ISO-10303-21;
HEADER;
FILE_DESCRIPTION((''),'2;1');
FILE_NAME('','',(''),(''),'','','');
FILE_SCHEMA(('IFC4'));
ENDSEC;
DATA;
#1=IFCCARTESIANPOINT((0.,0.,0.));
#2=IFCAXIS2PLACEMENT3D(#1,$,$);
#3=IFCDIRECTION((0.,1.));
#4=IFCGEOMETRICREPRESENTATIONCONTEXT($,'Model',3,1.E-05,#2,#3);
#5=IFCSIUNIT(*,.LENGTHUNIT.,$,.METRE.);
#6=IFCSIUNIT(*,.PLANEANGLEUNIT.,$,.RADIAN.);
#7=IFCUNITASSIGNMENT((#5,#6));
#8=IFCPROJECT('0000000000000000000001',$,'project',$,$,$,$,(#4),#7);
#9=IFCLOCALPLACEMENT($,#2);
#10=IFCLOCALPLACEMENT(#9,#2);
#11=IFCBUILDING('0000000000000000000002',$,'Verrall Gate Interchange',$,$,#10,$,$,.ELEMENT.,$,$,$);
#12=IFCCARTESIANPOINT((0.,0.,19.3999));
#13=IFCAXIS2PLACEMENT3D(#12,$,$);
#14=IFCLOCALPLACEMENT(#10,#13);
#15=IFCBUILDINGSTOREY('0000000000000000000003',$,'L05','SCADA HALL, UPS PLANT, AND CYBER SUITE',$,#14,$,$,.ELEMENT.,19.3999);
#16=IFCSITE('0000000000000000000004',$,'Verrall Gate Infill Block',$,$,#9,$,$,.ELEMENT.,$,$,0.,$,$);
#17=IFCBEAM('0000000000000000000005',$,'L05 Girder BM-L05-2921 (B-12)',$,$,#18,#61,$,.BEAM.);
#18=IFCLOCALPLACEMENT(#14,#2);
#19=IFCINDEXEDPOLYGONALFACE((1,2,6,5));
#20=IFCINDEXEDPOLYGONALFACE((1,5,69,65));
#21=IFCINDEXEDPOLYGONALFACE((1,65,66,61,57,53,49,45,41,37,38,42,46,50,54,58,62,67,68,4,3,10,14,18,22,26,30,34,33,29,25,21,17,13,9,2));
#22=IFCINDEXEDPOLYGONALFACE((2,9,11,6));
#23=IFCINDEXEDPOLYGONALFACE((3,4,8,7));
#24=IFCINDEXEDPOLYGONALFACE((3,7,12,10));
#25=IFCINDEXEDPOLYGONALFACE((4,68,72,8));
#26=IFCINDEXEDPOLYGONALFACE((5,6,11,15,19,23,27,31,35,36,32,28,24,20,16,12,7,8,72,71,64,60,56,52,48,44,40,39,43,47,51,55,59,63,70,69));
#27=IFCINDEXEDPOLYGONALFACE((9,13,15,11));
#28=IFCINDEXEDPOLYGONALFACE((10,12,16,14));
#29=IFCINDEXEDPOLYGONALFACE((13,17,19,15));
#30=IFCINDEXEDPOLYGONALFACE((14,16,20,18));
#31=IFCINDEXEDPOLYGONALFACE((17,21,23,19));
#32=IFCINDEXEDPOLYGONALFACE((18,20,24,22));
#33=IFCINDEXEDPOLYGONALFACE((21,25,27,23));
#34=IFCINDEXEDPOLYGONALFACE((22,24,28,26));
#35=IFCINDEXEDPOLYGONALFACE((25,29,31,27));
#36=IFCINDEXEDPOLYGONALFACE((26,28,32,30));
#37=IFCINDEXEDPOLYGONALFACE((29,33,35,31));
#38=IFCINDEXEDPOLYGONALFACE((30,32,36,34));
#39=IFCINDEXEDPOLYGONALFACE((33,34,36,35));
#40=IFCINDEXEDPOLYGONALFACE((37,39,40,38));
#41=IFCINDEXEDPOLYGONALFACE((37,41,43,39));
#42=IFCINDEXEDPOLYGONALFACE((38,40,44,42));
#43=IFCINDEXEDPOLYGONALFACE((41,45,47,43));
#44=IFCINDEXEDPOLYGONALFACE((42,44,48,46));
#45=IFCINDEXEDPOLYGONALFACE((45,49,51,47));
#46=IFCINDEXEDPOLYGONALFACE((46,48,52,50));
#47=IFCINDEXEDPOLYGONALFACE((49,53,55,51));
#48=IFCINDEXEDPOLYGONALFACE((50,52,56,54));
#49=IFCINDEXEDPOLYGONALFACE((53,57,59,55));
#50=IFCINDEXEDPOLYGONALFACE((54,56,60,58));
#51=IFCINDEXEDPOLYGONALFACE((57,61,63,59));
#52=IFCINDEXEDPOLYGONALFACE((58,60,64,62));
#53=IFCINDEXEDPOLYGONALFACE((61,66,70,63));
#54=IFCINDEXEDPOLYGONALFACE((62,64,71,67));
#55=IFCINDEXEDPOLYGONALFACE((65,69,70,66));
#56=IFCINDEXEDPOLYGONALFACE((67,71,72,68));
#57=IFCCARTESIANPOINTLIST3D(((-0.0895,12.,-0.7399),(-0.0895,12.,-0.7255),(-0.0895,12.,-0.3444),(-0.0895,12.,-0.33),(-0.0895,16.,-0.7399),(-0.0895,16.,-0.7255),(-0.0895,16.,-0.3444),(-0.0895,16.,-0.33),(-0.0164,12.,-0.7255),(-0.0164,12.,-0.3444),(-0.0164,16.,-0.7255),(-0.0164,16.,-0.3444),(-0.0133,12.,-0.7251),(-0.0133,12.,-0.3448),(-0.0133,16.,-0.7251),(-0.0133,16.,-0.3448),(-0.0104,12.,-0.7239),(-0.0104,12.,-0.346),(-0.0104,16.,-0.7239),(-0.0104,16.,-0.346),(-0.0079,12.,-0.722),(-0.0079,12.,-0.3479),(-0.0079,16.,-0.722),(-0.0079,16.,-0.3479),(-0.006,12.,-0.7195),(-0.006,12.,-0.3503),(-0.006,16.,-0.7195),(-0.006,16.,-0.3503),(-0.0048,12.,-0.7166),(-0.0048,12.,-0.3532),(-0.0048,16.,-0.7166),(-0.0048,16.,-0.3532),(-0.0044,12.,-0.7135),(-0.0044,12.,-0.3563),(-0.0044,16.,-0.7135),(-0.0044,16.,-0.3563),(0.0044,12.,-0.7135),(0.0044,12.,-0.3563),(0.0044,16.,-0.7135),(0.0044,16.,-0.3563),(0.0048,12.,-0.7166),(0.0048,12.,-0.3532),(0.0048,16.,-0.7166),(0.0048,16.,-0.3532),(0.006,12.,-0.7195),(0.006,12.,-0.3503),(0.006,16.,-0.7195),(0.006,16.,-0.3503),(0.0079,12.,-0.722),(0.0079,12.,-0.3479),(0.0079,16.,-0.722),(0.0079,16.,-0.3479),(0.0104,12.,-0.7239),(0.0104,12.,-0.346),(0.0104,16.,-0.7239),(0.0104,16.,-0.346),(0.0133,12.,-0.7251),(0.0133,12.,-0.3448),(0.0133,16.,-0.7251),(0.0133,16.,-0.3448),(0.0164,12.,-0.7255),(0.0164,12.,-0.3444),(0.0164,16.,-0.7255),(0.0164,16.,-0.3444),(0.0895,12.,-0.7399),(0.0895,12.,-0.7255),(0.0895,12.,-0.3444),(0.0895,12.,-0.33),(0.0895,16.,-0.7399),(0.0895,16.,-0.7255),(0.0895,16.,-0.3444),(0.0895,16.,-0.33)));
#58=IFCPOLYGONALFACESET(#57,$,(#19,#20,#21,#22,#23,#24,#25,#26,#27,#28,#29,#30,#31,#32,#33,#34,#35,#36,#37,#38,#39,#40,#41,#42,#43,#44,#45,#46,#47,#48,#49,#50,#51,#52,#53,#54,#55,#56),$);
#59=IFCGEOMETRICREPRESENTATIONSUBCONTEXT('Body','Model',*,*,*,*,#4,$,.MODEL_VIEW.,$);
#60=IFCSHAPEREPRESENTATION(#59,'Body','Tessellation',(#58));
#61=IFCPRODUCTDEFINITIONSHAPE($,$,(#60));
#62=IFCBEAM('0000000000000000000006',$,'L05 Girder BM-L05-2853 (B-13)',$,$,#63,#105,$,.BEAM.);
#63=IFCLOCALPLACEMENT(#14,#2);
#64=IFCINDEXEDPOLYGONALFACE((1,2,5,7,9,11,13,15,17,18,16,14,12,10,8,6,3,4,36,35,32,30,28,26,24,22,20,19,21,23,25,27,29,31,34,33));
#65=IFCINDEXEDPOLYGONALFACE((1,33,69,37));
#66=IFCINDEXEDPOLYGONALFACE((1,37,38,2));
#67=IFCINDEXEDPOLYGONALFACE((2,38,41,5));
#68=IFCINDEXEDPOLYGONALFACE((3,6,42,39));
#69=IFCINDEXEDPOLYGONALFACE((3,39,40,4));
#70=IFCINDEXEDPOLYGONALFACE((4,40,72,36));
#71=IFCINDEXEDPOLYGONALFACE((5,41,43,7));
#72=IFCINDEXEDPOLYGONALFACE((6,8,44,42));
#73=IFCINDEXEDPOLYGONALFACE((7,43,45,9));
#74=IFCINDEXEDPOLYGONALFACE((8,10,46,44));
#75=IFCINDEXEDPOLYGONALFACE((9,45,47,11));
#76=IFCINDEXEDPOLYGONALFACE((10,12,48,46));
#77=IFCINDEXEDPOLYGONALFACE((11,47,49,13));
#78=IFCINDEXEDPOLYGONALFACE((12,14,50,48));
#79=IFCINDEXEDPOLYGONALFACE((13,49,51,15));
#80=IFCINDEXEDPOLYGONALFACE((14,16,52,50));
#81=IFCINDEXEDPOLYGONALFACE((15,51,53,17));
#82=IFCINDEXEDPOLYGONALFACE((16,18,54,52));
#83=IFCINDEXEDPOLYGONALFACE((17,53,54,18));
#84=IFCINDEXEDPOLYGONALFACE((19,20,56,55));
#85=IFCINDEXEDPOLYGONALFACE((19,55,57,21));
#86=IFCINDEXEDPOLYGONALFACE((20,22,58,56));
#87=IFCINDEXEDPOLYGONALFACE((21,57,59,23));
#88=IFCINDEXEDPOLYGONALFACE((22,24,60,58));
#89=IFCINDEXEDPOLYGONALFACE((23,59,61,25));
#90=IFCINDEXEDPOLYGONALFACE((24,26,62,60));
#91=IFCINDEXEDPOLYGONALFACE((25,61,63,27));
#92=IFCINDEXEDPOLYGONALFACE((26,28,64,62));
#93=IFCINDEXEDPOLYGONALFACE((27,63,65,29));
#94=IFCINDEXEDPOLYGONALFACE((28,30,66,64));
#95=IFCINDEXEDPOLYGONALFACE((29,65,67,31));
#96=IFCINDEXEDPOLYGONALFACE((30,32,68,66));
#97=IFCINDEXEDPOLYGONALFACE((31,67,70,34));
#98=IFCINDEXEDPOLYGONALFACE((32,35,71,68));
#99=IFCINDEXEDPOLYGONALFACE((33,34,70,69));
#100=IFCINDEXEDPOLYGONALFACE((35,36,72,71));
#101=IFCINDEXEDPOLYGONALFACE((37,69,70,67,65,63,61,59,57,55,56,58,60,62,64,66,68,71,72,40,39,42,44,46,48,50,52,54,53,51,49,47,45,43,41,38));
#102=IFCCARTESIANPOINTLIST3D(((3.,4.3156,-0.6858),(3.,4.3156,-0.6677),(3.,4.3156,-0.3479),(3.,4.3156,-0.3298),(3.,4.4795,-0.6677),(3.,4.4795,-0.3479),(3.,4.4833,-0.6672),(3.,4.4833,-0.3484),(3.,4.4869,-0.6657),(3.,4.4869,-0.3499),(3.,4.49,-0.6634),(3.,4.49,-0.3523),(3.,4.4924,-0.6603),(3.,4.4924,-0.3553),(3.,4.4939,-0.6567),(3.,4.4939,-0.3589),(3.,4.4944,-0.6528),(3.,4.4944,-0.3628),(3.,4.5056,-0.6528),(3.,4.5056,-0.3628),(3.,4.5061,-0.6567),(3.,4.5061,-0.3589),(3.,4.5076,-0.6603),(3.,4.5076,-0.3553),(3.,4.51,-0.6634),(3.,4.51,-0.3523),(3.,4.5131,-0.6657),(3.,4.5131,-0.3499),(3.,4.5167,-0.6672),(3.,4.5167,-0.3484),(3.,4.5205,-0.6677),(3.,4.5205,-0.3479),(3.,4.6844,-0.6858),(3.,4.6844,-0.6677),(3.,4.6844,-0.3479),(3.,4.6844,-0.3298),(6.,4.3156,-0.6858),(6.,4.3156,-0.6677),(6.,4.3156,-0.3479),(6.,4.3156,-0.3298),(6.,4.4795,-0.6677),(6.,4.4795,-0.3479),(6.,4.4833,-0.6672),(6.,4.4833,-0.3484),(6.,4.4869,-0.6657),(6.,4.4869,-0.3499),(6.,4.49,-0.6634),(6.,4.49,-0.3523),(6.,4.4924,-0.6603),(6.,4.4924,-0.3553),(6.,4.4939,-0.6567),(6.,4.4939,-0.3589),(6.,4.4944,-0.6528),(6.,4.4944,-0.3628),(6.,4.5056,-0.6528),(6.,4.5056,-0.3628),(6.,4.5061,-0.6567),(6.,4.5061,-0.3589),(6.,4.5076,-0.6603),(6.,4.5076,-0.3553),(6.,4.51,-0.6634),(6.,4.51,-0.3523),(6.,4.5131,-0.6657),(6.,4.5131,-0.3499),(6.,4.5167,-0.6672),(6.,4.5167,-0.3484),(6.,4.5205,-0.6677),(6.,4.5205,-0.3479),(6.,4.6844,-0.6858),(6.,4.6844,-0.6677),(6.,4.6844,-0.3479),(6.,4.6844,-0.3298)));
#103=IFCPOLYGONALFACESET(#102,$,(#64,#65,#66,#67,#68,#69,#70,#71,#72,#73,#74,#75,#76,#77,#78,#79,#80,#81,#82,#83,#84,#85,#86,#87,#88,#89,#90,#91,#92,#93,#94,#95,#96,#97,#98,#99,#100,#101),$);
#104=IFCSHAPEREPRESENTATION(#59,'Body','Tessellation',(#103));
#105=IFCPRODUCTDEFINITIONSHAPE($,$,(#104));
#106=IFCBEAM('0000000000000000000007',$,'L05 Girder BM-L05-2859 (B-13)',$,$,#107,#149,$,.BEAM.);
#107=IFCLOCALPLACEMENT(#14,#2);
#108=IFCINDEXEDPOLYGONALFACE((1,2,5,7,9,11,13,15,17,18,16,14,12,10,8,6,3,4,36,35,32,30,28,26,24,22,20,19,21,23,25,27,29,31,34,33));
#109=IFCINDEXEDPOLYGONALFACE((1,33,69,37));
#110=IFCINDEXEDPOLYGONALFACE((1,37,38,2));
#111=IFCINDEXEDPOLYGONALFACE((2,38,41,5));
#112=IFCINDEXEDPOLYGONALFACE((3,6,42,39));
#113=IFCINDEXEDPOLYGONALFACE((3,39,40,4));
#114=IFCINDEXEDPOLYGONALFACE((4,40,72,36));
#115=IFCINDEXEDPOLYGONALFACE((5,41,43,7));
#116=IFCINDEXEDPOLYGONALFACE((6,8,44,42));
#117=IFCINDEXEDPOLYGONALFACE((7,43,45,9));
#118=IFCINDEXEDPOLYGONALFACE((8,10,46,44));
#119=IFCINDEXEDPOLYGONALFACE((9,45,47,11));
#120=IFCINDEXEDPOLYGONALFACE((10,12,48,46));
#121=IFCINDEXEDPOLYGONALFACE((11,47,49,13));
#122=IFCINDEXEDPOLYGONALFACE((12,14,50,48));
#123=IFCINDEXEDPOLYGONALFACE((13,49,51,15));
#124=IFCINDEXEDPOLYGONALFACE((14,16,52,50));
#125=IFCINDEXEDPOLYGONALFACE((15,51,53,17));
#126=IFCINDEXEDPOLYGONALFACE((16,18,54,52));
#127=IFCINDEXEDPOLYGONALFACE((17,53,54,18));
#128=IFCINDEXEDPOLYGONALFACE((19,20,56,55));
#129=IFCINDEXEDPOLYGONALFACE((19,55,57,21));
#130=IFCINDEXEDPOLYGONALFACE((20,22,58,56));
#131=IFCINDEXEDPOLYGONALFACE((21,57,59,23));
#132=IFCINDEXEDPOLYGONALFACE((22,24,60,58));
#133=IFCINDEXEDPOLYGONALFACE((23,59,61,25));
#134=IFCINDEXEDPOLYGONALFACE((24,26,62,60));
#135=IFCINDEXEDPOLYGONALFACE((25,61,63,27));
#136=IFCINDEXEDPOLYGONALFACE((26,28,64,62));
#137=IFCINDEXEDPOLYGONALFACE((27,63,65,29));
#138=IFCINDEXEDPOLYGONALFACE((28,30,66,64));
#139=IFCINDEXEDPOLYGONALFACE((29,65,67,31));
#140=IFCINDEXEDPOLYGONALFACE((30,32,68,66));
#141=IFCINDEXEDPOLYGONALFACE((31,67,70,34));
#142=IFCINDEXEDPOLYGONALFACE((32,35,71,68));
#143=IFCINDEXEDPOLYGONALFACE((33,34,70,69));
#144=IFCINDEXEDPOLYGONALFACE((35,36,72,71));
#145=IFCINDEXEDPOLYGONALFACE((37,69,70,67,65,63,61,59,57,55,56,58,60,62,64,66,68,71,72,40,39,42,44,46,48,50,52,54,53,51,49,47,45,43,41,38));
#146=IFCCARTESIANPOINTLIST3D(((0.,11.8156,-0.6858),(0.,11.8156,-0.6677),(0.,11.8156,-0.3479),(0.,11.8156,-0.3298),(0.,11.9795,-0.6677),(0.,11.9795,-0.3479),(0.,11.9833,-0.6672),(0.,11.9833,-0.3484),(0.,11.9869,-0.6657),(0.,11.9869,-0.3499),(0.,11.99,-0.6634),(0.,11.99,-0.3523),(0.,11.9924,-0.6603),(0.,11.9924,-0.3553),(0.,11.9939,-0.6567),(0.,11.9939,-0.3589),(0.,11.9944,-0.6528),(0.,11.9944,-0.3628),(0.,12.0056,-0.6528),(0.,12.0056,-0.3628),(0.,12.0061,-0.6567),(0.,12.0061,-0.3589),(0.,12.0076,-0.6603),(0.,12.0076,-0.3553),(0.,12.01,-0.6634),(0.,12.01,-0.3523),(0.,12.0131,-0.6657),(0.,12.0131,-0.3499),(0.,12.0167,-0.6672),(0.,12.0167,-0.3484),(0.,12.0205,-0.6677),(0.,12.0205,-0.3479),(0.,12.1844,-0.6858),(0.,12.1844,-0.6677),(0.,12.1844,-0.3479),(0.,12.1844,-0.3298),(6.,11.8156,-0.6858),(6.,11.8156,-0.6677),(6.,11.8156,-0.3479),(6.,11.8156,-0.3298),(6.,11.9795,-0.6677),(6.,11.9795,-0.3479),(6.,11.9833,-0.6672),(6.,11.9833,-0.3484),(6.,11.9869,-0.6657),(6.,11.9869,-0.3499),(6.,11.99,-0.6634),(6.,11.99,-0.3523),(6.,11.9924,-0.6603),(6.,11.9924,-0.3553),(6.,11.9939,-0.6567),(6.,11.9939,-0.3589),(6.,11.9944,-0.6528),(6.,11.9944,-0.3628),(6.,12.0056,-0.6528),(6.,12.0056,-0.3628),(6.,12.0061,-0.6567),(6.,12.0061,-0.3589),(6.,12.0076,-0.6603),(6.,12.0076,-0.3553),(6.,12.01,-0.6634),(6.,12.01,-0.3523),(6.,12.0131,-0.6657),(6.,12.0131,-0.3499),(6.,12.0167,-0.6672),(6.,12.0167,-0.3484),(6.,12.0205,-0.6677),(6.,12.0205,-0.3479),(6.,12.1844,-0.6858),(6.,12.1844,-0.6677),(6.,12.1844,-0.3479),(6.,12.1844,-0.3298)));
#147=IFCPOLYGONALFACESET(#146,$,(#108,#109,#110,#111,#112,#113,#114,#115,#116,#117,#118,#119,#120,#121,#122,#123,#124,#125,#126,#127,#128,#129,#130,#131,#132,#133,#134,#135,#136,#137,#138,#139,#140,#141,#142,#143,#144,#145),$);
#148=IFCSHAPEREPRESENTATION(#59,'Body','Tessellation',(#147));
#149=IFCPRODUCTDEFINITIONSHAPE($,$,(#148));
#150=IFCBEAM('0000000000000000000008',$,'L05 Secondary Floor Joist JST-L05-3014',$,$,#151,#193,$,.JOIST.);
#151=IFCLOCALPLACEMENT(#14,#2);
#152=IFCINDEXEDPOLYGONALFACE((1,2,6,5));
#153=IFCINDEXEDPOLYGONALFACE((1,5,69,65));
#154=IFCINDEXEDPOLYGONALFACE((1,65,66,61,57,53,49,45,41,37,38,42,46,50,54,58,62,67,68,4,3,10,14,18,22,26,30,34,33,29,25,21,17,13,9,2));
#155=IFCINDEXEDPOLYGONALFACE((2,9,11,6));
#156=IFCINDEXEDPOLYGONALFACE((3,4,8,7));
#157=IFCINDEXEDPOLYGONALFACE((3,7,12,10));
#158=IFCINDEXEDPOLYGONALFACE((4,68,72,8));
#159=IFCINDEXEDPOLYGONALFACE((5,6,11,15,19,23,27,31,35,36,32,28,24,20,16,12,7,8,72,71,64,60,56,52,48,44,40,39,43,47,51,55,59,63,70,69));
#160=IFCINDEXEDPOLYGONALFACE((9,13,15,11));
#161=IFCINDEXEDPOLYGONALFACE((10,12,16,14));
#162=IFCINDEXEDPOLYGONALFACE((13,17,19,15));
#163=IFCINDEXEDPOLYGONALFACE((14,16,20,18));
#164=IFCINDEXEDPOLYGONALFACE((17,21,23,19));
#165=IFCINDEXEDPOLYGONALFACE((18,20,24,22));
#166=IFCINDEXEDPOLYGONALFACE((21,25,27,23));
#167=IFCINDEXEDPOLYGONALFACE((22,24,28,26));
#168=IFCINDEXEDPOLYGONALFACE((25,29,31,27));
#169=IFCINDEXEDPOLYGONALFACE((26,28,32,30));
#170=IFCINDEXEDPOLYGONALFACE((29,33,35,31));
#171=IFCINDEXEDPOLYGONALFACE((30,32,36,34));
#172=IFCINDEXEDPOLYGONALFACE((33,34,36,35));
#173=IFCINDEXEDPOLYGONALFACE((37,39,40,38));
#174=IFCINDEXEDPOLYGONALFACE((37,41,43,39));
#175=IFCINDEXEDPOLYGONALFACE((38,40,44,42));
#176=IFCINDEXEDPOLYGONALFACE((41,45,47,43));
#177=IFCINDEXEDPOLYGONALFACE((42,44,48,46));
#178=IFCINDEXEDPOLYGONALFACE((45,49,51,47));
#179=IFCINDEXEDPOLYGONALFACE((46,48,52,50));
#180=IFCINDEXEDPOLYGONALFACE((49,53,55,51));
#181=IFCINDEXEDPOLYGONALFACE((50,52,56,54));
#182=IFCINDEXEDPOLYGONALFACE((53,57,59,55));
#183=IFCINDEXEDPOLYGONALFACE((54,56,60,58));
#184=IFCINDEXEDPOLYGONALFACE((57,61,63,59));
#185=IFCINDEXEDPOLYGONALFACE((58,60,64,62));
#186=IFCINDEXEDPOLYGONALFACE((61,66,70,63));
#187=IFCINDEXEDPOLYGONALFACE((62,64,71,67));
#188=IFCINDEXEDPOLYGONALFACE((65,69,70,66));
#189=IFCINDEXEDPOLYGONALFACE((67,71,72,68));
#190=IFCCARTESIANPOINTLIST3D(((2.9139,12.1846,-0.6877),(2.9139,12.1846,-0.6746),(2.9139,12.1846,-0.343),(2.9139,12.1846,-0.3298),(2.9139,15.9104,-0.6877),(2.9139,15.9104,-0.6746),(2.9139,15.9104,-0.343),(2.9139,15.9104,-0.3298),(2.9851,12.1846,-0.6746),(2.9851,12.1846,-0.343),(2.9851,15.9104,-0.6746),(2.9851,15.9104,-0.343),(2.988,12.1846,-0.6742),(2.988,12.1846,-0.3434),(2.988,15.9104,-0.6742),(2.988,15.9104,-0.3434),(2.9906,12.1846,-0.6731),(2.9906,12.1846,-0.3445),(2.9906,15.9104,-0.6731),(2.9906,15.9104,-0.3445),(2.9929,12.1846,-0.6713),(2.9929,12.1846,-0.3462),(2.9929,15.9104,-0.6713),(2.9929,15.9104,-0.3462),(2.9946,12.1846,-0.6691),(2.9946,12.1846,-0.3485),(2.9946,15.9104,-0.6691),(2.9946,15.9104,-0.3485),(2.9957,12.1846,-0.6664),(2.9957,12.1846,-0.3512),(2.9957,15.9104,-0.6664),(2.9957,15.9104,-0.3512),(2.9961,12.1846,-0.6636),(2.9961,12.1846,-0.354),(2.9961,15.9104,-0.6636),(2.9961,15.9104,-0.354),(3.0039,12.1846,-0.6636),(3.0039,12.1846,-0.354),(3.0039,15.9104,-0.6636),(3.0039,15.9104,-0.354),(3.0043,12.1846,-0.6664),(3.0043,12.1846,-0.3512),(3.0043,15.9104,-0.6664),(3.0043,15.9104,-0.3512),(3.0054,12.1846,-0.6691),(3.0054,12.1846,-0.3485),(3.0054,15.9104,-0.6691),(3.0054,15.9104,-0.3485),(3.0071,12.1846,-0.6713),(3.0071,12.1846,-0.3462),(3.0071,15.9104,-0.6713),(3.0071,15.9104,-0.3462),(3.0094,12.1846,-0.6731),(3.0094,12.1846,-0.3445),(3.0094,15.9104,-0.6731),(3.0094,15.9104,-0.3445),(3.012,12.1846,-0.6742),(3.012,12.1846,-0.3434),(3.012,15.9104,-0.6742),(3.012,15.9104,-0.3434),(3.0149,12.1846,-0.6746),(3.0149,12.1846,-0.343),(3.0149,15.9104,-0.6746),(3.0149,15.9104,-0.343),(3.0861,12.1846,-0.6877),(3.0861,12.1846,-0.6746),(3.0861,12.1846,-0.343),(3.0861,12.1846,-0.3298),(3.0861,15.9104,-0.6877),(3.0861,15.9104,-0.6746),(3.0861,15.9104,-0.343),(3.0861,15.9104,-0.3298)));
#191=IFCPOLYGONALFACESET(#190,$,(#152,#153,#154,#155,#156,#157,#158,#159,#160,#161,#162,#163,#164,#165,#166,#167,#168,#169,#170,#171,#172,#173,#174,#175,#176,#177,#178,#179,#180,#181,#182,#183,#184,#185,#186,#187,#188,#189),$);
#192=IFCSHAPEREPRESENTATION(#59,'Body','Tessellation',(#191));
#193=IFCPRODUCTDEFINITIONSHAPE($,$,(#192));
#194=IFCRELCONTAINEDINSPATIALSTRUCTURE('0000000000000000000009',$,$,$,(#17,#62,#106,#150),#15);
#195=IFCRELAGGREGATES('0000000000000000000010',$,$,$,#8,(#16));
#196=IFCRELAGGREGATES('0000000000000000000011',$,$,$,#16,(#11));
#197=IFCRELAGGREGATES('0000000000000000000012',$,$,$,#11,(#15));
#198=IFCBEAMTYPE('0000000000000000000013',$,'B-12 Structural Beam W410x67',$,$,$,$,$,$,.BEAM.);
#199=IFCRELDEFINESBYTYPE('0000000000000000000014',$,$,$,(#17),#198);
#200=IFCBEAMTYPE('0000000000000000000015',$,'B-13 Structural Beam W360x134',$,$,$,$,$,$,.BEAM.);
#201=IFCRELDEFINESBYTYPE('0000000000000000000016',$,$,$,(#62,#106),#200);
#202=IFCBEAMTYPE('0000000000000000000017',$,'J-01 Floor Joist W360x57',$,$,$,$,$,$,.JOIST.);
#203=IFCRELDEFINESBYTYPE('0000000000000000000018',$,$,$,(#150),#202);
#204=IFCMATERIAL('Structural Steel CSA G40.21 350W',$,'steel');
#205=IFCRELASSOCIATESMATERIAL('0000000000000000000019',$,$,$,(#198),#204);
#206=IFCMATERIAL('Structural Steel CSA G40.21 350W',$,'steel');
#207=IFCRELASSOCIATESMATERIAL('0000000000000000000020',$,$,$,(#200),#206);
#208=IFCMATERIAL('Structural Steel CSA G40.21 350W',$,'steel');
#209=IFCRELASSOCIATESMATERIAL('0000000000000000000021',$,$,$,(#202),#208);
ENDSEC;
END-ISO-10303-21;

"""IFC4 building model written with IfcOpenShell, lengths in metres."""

from ifc_helpers import new_model, si_unit, direction, frame, origin, origin_2d, place, context, subcontext, project, spatial, i_section, extrude, material, material_profile, profile_set, type_object, element, save


model = new_model("IFC4")

# Units and contexts
model_context = context("Model", 3, precision=1e-05, world=origin(), true_north=direction((0.0, 1.0)))
body_context = subcontext(model_context, "Body", "Model", "MODEL_VIEW")
ifc_project = project(units=[si_unit("LENGTHUNIT", "METRE"), si_unit("PLANEANGLEUNIT", "RADIAN")], contexts=[model_context])

# Site, building, storey
site_placement = place(None, origin())
site = spatial("IfcSite", under=ifc_project, at=site_placement, Name="Verrall Gate Infill Block", CompositionType="ELEMENT", RefElevation=0.0)
building_placement = place(site_placement, origin())
building = spatial("IfcBuilding", under=site, at=building_placement, Name="Verrall Gate Interchange", CompositionType="ELEMENT")
storey_placement = place(building_placement, frame((0.0, 0.0, 19.3999)))
storey = spatial("IfcBuildingStorey", under=building, at=storey_placement, Name="L05", Description="SCADA HALL, UPS PLANT, AND CYBER SUITE", CompositionType="ELEMENT", Elevation=19.3999)

# Beams
ifc_material_1 = material(Name="Structural Steel CSA G40.21 350W", Category="steel")
ifc_material_profile_1 = material_profile(ifc_material_1, i_section(OverallWidth=0.179, OverallDepth=0.4099, WebThickness=0.0088, FlangeThickness=0.0144, FilletRadius=0.012, at=origin_2d()), Name="W410x67")
ifc_profile_set_1 = profile_set([ifc_material_profile_1], Name="Structural Steel CSA G40.21 350W")
beam_type_1 = type_object("IfcBeamType", Name="B-12 Structural Beam W410x67", PredefinedType="BEAM", material=ifc_profile_set_1)
beam_1_placement = place(storey_placement, frame((0.0, 12.0, -0.5349), z_axis=(0.0, 1.0, 0.0), x_axis=(-1.0, 0.0, 0.0)))
element("IfcBeam", 1, at=beam_1_placement, inside=storey, type_object=beam_type_1, Name="L05 Girder BM-L05-2921 (B-12)", PredefinedType="BEAM", context=body_context, shape_type="SweptSolid", body=[
    extrude(i_section(OverallWidth=0.179, OverallDepth=0.4099, WebThickness=0.0088, FlangeThickness=0.0144, FilletRadius=0.012, at=origin_2d()), origin(), (0.0, 0.0, 1.0), 4.0),
])
ifc_material_2 = material(Name="Structural Steel CSA G40.21 350W", Category="steel")
ifc_material_profile_2 = material_profile(ifc_material_2, i_section(OverallWidth=0.3689, OverallDepth=0.356, WebThickness=0.0112, FlangeThickness=0.0181, FilletRadius=0.0149, at=origin_2d()), Name="W360x134")
ifc_profile_set_2 = profile_set([ifc_material_profile_2], Name="Structural Steel CSA G40.21 350W")
beam_type_2 = type_object("IfcBeamType", Name="B-13 Structural Beam W360x134", PredefinedType="BEAM", material=ifc_profile_set_2)
beam_2_placement = place(storey_placement, frame((3.0, 4.5, -0.5078), z_axis=(1.0, 0.0, 0.0), x_axis=(0.0, 1.0, 0.0)))
element("IfcBeam", 2, at=beam_2_placement, inside=storey, type_object=beam_type_2, Name="L05 Girder BM-L05-2853 (B-13)", PredefinedType="BEAM", context=body_context, shape_type="SweptSolid", body=[
    extrude(i_section(OverallWidth=0.3689, OverallDepth=0.356, WebThickness=0.0112, FlangeThickness=0.0181, FilletRadius=0.0149, at=origin_2d()), origin(), (0.0, 0.0, 1.0), 3.0),
])
beam_3_placement = place(storey_placement, frame((0.0, 12.0, -0.5078), z_axis=(1.0, 0.0, 0.0), x_axis=(0.0, 1.0, 0.0)))
element("IfcBeam", 3, at=beam_3_placement, inside=storey, type_object=beam_type_2, Name="L05 Girder BM-L05-2859 (B-13)", PredefinedType="BEAM", context=body_context, shape_type="SweptSolid", body=[
    extrude(i_section(OverallWidth=0.3689, OverallDepth=0.356, WebThickness=0.0112, FlangeThickness=0.0181, FilletRadius=0.0149, at=origin_2d()), origin(), (0.0, 0.0, 1.0), 6.0),
])
ifc_material_3 = material(Name="Structural Steel CSA G40.21 350W", Category="steel")
ifc_material_profile_3 = material_profile(ifc_material_3, i_section(OverallWidth=0.1721, OverallDepth=0.3579, WebThickness=0.0078, FlangeThickness=0.0132, FilletRadius=0.011, at=origin_2d()), Name="W360x57")
ifc_profile_set_3 = profile_set([ifc_material_profile_3], Name="Structural Steel CSA G40.21 350W")
beam_type_3 = type_object("IfcBeamType", Name="J-01 Floor Joist W360x57", PredefinedType="JOIST", material=ifc_profile_set_3)
beam_4_placement = place(storey_placement, frame((3.0, 12.1846, -0.5088), z_axis=(0.0, 1.0, 0.0), x_axis=(-1.0, 0.0, 0.0)))
element("IfcBeam", 4, at=beam_4_placement, inside=storey, type_object=beam_type_3, Name="L05 Secondary Floor Joist JST-L05-3014", PredefinedType="JOIST", context=body_context, shape_type="SweptSolid", body=[
    extrude(i_section(OverallWidth=0.1721, OverallDepth=0.3579, WebThickness=0.0078, FlangeThickness=0.0132, FilletRadius=0.011, at=origin_2d()), origin(), (0.0, 0.0, 1.0), 3.7258),
])

save(model, "model.ifc")
